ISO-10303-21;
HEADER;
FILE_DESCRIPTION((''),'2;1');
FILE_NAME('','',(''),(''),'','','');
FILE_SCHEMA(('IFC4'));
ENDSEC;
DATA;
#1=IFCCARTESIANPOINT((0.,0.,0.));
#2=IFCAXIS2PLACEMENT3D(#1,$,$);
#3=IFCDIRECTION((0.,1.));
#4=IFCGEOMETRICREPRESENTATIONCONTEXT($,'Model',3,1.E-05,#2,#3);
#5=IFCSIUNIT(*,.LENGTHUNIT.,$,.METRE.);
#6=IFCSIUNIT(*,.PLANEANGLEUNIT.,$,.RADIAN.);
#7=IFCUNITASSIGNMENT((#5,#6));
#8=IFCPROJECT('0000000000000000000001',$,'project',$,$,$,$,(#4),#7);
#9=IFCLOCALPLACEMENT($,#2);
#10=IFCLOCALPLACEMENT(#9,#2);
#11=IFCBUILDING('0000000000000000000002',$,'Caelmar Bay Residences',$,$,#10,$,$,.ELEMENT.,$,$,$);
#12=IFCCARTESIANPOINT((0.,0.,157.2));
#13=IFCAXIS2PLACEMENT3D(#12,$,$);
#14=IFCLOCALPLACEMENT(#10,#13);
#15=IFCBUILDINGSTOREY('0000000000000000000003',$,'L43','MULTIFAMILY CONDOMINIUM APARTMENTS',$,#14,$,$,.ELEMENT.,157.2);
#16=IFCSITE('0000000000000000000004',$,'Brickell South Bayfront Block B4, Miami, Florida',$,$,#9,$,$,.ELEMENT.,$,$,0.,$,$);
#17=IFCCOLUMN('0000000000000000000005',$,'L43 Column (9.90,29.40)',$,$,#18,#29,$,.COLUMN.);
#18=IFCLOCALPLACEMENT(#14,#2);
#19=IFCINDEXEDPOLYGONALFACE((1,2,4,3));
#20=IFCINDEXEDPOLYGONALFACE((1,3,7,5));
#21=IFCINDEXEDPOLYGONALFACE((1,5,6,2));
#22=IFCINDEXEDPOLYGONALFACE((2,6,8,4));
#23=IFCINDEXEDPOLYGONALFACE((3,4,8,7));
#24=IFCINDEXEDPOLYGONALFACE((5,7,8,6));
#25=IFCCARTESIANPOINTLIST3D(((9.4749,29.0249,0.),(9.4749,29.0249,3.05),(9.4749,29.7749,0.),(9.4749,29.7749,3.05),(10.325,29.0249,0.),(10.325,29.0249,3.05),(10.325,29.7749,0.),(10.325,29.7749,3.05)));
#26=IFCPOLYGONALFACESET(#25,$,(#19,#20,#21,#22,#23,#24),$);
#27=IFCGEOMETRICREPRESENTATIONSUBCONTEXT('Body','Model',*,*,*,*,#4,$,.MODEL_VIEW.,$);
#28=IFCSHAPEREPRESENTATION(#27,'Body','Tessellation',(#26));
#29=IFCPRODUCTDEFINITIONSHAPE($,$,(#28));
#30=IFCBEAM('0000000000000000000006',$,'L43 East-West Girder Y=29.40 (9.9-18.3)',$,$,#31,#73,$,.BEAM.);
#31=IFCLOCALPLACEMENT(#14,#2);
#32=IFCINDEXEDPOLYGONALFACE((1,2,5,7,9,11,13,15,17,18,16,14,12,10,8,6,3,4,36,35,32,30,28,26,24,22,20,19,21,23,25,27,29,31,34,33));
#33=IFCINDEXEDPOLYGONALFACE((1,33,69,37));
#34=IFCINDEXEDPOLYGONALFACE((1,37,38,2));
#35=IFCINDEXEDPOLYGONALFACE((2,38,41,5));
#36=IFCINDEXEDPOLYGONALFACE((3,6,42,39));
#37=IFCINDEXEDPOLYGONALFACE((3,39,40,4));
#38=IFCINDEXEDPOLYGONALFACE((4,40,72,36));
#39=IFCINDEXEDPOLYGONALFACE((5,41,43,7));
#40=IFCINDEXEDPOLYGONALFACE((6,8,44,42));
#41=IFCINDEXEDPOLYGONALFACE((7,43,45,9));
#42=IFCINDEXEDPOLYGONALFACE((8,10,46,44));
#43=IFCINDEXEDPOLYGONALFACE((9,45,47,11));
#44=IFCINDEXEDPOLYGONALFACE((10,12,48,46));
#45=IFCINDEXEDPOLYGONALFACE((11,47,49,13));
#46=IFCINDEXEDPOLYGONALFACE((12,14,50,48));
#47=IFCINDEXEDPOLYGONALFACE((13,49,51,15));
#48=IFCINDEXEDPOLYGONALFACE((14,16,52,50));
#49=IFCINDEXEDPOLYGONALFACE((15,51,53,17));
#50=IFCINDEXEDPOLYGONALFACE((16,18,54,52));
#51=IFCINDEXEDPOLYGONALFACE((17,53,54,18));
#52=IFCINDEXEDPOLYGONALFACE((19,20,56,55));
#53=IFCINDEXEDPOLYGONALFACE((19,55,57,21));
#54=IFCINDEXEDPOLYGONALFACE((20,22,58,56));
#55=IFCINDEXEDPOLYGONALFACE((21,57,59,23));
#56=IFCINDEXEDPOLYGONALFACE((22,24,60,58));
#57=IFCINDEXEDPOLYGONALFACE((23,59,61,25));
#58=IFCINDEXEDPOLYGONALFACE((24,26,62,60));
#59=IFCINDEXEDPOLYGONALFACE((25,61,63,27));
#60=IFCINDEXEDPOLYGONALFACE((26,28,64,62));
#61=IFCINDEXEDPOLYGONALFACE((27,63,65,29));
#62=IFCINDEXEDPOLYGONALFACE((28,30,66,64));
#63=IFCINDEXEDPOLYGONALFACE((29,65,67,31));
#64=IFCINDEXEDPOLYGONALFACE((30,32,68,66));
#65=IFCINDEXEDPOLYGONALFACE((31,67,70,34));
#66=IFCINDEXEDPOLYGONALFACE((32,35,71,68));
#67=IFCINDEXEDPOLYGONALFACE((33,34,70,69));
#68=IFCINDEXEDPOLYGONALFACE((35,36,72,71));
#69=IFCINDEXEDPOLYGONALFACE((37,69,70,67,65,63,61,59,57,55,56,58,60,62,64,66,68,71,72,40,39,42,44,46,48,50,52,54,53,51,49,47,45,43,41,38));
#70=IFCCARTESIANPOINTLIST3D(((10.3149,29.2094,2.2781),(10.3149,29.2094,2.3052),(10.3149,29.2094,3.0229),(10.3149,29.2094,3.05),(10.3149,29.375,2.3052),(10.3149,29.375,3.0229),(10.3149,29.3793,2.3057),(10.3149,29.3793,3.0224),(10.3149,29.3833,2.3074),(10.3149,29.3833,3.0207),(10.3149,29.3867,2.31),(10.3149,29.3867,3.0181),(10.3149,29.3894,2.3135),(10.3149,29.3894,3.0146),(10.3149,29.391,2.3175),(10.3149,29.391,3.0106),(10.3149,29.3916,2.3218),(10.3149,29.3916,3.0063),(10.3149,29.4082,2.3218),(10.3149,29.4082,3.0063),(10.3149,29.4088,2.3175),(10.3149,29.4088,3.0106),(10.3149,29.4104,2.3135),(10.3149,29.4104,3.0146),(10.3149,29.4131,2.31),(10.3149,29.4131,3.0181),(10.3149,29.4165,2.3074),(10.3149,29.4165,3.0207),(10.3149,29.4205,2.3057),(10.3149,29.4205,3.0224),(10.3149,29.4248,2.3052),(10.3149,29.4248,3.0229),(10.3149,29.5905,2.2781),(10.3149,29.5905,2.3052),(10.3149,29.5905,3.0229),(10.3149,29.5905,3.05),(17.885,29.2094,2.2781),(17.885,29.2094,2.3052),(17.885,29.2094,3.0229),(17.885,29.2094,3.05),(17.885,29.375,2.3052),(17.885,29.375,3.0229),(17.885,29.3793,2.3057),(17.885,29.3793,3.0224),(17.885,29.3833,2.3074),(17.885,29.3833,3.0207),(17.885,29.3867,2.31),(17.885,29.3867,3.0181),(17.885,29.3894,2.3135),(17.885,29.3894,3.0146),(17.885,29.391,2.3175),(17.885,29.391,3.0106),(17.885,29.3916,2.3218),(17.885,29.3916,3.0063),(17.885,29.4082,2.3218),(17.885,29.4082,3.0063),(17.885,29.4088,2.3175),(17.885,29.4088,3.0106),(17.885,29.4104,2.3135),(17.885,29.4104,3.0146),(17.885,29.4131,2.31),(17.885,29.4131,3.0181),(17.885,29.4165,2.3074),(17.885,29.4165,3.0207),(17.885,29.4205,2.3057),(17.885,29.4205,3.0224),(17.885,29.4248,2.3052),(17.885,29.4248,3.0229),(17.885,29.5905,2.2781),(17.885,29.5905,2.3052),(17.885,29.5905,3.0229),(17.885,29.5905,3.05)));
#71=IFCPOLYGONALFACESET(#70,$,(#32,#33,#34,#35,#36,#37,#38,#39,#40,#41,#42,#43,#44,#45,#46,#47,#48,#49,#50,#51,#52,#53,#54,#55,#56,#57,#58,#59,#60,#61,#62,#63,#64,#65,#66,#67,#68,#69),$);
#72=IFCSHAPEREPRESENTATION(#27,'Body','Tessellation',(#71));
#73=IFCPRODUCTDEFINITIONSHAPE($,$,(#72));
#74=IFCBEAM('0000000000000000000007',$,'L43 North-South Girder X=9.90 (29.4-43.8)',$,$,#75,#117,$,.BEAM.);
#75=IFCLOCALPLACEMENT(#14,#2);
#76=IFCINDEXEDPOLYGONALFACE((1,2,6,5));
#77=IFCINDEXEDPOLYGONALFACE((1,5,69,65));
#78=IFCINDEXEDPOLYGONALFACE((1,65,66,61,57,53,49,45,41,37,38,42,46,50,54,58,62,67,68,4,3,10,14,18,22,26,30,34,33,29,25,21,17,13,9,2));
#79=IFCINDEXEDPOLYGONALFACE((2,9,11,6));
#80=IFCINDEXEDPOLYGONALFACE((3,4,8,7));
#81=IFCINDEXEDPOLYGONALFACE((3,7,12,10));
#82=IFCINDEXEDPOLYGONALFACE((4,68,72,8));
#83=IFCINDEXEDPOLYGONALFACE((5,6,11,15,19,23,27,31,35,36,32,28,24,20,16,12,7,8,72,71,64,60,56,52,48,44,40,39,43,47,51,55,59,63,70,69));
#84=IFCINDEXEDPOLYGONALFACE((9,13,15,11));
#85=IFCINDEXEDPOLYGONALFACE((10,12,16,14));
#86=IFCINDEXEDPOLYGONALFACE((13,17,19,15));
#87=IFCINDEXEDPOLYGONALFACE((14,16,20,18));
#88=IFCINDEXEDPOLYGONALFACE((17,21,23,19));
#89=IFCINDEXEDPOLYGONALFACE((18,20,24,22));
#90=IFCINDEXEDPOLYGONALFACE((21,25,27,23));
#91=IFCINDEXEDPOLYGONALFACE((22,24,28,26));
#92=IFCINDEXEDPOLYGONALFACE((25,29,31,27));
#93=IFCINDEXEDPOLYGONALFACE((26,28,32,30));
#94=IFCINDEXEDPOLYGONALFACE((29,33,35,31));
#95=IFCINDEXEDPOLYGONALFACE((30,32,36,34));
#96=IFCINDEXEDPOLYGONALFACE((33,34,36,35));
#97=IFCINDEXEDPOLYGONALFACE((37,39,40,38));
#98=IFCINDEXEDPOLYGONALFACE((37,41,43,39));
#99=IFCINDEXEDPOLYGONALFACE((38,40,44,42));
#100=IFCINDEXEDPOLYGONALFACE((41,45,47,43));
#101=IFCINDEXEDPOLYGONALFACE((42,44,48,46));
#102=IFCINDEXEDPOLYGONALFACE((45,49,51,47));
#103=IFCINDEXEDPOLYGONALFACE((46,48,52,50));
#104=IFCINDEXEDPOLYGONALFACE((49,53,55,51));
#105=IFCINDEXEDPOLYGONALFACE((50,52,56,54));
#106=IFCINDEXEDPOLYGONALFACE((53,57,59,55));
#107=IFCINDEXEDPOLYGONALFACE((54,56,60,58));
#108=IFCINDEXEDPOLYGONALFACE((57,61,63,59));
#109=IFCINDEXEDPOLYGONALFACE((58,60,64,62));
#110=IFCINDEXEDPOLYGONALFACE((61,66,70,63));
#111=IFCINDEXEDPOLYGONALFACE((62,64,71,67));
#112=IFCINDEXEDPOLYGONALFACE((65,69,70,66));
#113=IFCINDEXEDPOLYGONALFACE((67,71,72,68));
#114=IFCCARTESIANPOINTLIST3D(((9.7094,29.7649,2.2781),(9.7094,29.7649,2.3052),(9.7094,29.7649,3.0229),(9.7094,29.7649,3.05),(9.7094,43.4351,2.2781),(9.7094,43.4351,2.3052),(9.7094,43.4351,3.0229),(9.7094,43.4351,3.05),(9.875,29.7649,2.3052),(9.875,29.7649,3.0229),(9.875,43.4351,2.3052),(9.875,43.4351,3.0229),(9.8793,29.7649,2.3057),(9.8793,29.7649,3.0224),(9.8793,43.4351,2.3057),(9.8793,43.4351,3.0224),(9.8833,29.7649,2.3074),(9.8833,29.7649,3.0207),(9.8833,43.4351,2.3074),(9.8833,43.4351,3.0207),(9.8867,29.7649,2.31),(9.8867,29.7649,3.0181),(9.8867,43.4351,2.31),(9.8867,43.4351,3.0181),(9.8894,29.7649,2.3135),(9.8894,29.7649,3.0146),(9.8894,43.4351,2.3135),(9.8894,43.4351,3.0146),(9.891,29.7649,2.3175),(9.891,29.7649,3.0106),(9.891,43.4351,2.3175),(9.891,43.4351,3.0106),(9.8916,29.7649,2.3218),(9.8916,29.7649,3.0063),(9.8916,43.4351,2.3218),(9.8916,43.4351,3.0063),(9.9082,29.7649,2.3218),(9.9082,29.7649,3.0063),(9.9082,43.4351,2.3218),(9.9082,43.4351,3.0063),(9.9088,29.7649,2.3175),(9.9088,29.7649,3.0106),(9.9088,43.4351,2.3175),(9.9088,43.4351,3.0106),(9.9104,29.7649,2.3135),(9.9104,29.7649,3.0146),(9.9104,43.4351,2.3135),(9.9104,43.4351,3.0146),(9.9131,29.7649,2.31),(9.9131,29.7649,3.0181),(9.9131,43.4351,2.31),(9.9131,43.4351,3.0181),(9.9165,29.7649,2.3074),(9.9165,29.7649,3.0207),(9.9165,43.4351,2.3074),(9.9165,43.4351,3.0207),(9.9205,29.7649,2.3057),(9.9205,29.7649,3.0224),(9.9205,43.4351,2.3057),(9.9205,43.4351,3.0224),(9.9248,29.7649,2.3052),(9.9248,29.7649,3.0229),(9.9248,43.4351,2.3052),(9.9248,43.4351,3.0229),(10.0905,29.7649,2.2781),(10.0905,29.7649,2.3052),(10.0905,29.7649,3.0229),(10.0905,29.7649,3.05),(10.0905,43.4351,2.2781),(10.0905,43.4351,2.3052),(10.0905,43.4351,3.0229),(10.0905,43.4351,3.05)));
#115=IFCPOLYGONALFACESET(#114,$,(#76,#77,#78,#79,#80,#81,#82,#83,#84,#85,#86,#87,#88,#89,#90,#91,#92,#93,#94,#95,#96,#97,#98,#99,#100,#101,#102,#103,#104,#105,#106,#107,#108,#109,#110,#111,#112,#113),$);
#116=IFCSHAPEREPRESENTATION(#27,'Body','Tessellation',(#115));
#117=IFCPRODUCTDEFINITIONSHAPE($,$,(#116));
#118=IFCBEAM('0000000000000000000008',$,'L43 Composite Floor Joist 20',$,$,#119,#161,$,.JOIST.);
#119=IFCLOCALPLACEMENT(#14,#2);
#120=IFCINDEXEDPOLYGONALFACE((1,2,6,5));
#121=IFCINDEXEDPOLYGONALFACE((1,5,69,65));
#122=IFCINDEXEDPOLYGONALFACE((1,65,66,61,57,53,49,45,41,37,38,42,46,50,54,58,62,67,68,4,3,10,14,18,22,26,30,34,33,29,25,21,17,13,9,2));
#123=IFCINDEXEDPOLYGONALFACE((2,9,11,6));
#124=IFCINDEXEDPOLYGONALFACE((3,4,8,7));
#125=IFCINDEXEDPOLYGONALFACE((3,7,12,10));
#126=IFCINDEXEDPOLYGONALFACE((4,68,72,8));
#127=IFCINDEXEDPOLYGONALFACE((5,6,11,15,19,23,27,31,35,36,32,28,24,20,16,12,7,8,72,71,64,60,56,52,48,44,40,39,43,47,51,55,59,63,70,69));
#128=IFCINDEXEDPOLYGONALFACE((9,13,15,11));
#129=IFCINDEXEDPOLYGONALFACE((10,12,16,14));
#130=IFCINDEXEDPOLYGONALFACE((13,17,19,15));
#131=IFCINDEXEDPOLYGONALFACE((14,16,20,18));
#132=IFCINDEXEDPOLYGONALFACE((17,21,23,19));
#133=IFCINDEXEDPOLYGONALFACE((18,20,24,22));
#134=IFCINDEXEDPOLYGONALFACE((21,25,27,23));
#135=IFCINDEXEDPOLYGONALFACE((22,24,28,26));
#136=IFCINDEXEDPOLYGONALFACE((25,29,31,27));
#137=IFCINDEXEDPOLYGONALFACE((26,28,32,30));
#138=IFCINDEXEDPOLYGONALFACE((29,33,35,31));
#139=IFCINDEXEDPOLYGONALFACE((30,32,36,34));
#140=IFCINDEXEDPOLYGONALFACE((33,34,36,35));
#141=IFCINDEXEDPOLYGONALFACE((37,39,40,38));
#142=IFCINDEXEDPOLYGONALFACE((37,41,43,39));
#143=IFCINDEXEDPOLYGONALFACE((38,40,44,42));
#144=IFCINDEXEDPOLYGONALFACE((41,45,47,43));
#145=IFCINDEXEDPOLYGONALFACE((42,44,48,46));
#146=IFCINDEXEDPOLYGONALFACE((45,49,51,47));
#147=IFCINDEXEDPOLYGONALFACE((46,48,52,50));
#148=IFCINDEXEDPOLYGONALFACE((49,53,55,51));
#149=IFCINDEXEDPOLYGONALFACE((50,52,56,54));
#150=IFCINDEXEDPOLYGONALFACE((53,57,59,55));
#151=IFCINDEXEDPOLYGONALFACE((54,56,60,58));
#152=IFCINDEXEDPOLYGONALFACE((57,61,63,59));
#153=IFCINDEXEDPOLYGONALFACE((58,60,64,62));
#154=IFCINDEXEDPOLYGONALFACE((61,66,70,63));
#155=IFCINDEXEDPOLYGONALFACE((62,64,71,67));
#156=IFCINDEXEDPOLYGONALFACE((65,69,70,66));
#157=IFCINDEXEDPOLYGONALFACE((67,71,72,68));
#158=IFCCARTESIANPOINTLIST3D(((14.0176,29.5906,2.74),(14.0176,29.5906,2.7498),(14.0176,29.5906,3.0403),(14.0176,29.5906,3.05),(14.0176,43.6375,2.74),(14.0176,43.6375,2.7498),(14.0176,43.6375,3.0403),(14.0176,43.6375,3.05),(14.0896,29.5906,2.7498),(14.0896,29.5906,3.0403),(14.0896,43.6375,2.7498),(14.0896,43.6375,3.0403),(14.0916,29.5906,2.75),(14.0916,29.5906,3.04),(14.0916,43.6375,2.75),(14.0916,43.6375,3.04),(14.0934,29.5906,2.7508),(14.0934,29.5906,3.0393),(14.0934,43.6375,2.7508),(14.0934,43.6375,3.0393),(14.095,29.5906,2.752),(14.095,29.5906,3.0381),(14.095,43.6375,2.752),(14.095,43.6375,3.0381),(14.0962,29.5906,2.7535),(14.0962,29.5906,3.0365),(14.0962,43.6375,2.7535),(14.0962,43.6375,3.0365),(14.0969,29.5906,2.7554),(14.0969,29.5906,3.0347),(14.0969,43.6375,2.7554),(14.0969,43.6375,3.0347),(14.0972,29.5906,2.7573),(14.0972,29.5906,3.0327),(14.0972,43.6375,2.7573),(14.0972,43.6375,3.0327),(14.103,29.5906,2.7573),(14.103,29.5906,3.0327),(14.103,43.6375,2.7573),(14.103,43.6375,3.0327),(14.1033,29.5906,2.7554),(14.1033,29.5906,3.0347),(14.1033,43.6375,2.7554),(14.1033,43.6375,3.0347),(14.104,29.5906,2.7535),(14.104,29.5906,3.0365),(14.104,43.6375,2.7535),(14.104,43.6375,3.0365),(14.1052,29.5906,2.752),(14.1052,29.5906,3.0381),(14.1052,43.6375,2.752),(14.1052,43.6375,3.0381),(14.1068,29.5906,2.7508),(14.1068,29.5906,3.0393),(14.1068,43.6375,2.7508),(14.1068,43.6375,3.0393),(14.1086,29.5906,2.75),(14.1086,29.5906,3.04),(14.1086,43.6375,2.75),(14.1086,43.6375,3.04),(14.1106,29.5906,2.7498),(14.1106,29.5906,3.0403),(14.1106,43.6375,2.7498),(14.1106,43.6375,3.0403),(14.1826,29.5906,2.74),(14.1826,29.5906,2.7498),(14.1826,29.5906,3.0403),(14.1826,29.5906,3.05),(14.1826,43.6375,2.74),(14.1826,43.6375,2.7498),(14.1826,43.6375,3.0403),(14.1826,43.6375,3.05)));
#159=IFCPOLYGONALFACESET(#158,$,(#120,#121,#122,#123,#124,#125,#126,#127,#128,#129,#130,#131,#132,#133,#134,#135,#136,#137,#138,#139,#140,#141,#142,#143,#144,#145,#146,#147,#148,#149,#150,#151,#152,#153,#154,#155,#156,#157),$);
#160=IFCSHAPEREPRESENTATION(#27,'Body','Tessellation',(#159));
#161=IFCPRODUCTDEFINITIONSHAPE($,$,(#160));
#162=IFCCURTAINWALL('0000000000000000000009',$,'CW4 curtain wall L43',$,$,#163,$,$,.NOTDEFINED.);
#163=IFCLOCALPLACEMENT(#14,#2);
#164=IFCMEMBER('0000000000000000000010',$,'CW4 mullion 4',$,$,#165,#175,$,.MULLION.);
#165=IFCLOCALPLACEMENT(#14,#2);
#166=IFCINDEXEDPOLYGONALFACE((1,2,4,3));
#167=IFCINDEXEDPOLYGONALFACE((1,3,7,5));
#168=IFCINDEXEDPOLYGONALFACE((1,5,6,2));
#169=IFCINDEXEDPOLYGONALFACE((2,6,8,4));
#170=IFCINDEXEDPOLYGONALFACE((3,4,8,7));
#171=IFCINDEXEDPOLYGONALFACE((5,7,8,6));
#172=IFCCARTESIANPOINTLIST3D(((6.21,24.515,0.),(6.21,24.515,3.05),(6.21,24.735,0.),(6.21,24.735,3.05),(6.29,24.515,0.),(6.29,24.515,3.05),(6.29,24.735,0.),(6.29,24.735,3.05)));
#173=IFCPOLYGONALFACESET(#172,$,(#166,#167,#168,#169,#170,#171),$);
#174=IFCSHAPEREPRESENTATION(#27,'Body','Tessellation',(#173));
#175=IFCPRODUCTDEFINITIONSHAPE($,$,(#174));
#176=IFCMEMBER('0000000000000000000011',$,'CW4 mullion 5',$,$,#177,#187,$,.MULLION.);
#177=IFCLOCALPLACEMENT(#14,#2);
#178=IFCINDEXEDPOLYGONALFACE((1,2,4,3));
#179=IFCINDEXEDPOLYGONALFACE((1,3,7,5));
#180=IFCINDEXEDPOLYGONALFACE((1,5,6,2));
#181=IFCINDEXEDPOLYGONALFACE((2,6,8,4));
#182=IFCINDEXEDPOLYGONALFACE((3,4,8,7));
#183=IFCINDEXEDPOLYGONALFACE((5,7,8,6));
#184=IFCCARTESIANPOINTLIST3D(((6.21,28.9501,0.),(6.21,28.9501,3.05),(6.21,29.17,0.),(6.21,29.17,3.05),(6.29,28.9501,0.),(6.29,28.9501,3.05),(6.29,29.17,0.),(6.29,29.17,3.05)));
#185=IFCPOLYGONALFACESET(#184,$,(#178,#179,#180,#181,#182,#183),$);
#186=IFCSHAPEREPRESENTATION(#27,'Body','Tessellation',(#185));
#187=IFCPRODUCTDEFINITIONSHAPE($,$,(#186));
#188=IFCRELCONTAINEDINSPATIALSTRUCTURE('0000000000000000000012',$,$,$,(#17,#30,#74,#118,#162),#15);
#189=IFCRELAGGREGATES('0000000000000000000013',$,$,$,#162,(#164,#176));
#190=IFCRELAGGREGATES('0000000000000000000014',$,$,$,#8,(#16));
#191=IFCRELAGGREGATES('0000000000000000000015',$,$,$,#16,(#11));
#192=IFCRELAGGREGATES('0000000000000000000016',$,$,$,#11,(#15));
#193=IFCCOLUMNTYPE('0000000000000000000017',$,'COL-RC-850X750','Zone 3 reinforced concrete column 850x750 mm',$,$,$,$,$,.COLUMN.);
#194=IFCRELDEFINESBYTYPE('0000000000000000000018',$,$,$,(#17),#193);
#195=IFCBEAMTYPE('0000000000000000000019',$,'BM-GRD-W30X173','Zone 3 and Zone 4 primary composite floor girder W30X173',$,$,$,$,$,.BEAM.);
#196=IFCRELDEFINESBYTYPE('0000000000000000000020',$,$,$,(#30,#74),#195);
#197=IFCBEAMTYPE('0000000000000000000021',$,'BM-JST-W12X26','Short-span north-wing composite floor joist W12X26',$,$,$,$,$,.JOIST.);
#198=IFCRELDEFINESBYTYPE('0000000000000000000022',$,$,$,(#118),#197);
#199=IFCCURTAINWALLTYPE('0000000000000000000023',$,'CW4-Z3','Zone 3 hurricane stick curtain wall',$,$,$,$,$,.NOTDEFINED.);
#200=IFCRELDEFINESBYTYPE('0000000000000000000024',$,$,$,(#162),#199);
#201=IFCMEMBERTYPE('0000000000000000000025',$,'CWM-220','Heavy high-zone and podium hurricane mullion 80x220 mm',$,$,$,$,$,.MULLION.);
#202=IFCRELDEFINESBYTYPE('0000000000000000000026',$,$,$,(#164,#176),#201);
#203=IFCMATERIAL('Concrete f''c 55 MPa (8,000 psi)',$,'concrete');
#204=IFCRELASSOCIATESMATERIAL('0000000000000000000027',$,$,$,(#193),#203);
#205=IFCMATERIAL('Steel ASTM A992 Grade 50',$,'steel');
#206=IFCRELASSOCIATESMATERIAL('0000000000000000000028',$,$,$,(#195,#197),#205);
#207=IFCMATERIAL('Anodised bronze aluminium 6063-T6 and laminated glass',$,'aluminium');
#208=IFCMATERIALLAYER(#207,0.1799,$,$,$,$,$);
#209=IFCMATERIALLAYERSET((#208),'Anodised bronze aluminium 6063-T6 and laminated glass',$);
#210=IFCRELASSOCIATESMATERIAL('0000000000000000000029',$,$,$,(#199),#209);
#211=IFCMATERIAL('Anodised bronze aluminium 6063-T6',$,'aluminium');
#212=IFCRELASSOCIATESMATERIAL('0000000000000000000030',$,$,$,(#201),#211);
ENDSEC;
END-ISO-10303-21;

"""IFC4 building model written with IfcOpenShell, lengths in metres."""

from ifc_helpers import new_model, si_unit, direction, frame, origin, origin_2d, place, context, subcontext, project, spatial, rectangle, i_section, extrude, material, layer, layer_set, material_profile, profile_set, type_object, element, aggregate, save


model = new_model("IFC4")

# Units and contexts
model_context = context("Model", 3, precision=1e-05, world=origin(), true_north=direction((0.0, 1.0)))
body_context = subcontext(model_context, "Body", "Model", "MODEL_VIEW")
ifc_project = project(units=[si_unit("LENGTHUNIT", "METRE"), si_unit("PLANEANGLEUNIT", "RADIAN")], contexts=[model_context])

# Site, building, storey
site_placement = place(None, origin())
site = spatial("IfcSite", under=ifc_project, at=site_placement, Name="Brickell South Bayfront Block B4, Miami, Florida", CompositionType="ELEMENT", RefElevation=0.0)
building_placement = place(site_placement, origin())
building = spatial("IfcBuilding", under=site, at=building_placement, Name="Caelmar Bay Residences", CompositionType="ELEMENT")
storey_placement = place(building_placement, frame((0.0, 0.0, 157.2)))
storey = spatial("IfcBuildingStorey", under=building, at=storey_placement, Name="L43", Description="MULTIFAMILY CONDOMINIUM APARTMENTS", CompositionType="ELEMENT", Elevation=157.2)

# Column
ifc_material_1 = material(Name="Concrete f'c 55 MPa (8,000 psi)", Category="concrete")
ifc_material_profile_1 = material_profile(ifc_material_1, rectangle(XDim=0.8501, YDim=0.75, at=origin_2d()), Name="RC-COL-850X750")
ifc_profile_set_1 = profile_set([ifc_material_profile_1], Name="Concrete f'c 55 MPa (8,000 psi)")
column_type = type_object("IfcColumnType", Name="COL-RC-850X750", Description="Zone 3 reinforced concrete column 850x750 mm", PredefinedType="COLUMN", material=ifc_profile_set_1)
column_placement = place(storey_placement, frame((9.8999, 29.3999, 0.0), z_axis=(0.0, 0.0, 1.0), x_axis=(1.0, 0.0, 0.0)))
element("IfcColumn", 1, at=column_placement, inside=storey, type_object=column_type, Name="L43 Column (9.90,29.40)", PredefinedType="COLUMN", context=body_context, shape_type="SweptSolid", body=[
    extrude(rectangle(XDim=0.8501, YDim=0.75, at=origin_2d()), origin(), (0.0, 0.0, 1.0), 3.05),
])

# Beams
ifc_material_2 = material(Name="Steel ASTM A992 Grade 50", Category="steel")
ifc_material_profile_2 = material_profile(ifc_material_2, i_section(OverallWidth=0.3811, OverallDepth=0.772, WebThickness=0.0166, FlangeThickness=0.0271, FilletRadius=0.0166, at=origin_2d()), Name="W30X173")
ifc_profile_set_2 = profile_set([ifc_material_profile_2], Name="Steel ASTM A992 Grade 50")
beam_type_1 = type_object("IfcBeamType", Name="BM-GRD-W30X173", Description="Zone 3 and Zone 4 primary composite floor girder W30X173", PredefinedType="BEAM", material=ifc_profile_set_2)
beam_1_placement = place(storey_placement, frame((10.3149, 29.3999, 2.6641), z_axis=(1.0, 0.0, 0.0), x_axis=(0.0, 1.0, 0.0)))
element("IfcBeam", 2, at=beam_1_placement, inside=storey, type_object=beam_type_1, Name="L43 East-West Girder Y=29.40 (9.9-18.3)", PredefinedType="BEAM", context=body_context, shape_type="SweptSolid", body=[
    extrude(i_section(OverallWidth=0.3811, OverallDepth=0.772, WebThickness=0.0166, FlangeThickness=0.0271, FilletRadius=0.0166, at=origin_2d()), origin(), (0.0, 0.0, 1.0), 7.5701),
])
beam_2_placement = place(storey_placement, frame((9.8999, 29.7649, 2.6641), z_axis=(0.0, 1.0, 0.0), x_axis=(-1.0, 0.0, 0.0)))
element("IfcBeam", 3, at=beam_2_placement, inside=storey, type_object=beam_type_1, Name="L43 North-South Girder X=9.90 (29.4-43.8)", PredefinedType="BEAM", context=body_context, shape_type="SweptSolid", body=[
    extrude(i_section(OverallWidth=0.3811, OverallDepth=0.772, WebThickness=0.0166, FlangeThickness=0.0271, FilletRadius=0.0166, at=origin_2d()), origin(), (0.0, 0.0, 1.0), 13.6702),
])
ifc_material_profile_3 = material_profile(ifc_material_2, i_section(OverallWidth=0.165, OverallDepth=0.3101, WebThickness=0.0059, FlangeThickness=0.0098, FilletRadius=0.0076, at=origin_2d()), Name="W12X26")
ifc_profile_set_3 = profile_set([ifc_material_profile_3], Name="Steel ASTM A992 Grade 50")
beam_type_2 = type_object("IfcBeamType", Name="BM-JST-W12X26", Description="Short-span north-wing composite floor joist W12X26", PredefinedType="JOIST", material=ifc_profile_set_3)
beam_3_placement = place(storey_placement, frame((14.1001, 29.5906, 2.895), z_axis=(0.0, 1.0, 0.0), x_axis=(-1.0, 0.0, 0.0)))
element("IfcBeam", 4, at=beam_3_placement, inside=storey, type_object=beam_type_2, Name="L43 Composite Floor Joist 20", PredefinedType="JOIST", context=body_context, shape_type="SweptSolid", body=[
    extrude(i_section(OverallWidth=0.165, OverallDepth=0.3101, WebThickness=0.0059, FlangeThickness=0.0098, FilletRadius=0.0076, at=origin_2d()), origin(), (0.0, 0.0, 1.0), 14.0469),
])

# Curtain wall, members
ifc_material_3 = material(Name="Anodised bronze aluminium 6063-T6 and laminated glass", Category="aluminium")
ifc_layer_1 = layer(ifc_material_3, 0.1799)
ifc_layer_set_1 = layer_set([ifc_layer_1], Name="Anodised bronze aluminium 6063-T6 and laminated glass")
curtain_wall_type = type_object("IfcCurtainWallType", Name="CW4-Z3", Description="Zone 3 hurricane stick curtain wall", PredefinedType="NOTDEFINED", material=ifc_layer_set_1)
curtain_wall_placement = place(storey_placement, origin())
curtain_wall = element("IfcCurtainWall", 5, at=curtain_wall_placement, inside=storey, type_object=curtain_wall_type, Name="CW4 curtain wall L43", PredefinedType="NOTDEFINED")
ifc_material_4 = material(Name="Anodised bronze aluminium 6063-T6", Category="aluminium")
ifc_material_profile_4 = material_profile(ifc_material_4, rectangle(XDim=0.0801, YDim=0.22, at=origin_2d()), Name="CWM-80X220")
ifc_profile_set_4 = profile_set([ifc_material_profile_4], Name="Anodised bronze aluminium 6063-T6")
member_type_1 = type_object("IfcMemberType", Name="CWM-220", Description="Heavy high-zone and podium hurricane mullion 80x220 mm", PredefinedType="MULLION", material=ifc_profile_set_4)
member_1_placement = place(storey_placement, frame((6.25, 24.625, 0.0), z_axis=(0.0, 0.0, 1.0), x_axis=(-1.0, 0.0, 0.0)))
member_1 = element("IfcMember", 6, at=member_1_placement, type_object=member_type_1, Name="CW4 mullion 4", PredefinedType="MULLION", context=body_context, shape_type="SweptSolid", body=[
    extrude(rectangle(XDim=0.0801, YDim=0.22, at=origin_2d()), origin(), (0.0, 0.0, 1.0), 3.05),
])
member_2_placement = place(storey_placement, frame((6.25, 29.0601, 0.0), z_axis=(0.0, 0.0, 1.0), x_axis=(-1.0, 0.0, 0.0)))
member_2 = element("IfcMember", 7, at=member_2_placement, type_object=member_type_1, Name="CW4 mullion 5", PredefinedType="MULLION", context=body_context, shape_type="SweptSolid", body=[
    extrude(rectangle(XDim=0.0801, YDim=0.22, at=origin_2d()), origin(), (0.0, 0.0, 1.0), 3.05),
])
aggregate(curtain_wall, [member_1, member_2])

save(model, "model.ifc")
